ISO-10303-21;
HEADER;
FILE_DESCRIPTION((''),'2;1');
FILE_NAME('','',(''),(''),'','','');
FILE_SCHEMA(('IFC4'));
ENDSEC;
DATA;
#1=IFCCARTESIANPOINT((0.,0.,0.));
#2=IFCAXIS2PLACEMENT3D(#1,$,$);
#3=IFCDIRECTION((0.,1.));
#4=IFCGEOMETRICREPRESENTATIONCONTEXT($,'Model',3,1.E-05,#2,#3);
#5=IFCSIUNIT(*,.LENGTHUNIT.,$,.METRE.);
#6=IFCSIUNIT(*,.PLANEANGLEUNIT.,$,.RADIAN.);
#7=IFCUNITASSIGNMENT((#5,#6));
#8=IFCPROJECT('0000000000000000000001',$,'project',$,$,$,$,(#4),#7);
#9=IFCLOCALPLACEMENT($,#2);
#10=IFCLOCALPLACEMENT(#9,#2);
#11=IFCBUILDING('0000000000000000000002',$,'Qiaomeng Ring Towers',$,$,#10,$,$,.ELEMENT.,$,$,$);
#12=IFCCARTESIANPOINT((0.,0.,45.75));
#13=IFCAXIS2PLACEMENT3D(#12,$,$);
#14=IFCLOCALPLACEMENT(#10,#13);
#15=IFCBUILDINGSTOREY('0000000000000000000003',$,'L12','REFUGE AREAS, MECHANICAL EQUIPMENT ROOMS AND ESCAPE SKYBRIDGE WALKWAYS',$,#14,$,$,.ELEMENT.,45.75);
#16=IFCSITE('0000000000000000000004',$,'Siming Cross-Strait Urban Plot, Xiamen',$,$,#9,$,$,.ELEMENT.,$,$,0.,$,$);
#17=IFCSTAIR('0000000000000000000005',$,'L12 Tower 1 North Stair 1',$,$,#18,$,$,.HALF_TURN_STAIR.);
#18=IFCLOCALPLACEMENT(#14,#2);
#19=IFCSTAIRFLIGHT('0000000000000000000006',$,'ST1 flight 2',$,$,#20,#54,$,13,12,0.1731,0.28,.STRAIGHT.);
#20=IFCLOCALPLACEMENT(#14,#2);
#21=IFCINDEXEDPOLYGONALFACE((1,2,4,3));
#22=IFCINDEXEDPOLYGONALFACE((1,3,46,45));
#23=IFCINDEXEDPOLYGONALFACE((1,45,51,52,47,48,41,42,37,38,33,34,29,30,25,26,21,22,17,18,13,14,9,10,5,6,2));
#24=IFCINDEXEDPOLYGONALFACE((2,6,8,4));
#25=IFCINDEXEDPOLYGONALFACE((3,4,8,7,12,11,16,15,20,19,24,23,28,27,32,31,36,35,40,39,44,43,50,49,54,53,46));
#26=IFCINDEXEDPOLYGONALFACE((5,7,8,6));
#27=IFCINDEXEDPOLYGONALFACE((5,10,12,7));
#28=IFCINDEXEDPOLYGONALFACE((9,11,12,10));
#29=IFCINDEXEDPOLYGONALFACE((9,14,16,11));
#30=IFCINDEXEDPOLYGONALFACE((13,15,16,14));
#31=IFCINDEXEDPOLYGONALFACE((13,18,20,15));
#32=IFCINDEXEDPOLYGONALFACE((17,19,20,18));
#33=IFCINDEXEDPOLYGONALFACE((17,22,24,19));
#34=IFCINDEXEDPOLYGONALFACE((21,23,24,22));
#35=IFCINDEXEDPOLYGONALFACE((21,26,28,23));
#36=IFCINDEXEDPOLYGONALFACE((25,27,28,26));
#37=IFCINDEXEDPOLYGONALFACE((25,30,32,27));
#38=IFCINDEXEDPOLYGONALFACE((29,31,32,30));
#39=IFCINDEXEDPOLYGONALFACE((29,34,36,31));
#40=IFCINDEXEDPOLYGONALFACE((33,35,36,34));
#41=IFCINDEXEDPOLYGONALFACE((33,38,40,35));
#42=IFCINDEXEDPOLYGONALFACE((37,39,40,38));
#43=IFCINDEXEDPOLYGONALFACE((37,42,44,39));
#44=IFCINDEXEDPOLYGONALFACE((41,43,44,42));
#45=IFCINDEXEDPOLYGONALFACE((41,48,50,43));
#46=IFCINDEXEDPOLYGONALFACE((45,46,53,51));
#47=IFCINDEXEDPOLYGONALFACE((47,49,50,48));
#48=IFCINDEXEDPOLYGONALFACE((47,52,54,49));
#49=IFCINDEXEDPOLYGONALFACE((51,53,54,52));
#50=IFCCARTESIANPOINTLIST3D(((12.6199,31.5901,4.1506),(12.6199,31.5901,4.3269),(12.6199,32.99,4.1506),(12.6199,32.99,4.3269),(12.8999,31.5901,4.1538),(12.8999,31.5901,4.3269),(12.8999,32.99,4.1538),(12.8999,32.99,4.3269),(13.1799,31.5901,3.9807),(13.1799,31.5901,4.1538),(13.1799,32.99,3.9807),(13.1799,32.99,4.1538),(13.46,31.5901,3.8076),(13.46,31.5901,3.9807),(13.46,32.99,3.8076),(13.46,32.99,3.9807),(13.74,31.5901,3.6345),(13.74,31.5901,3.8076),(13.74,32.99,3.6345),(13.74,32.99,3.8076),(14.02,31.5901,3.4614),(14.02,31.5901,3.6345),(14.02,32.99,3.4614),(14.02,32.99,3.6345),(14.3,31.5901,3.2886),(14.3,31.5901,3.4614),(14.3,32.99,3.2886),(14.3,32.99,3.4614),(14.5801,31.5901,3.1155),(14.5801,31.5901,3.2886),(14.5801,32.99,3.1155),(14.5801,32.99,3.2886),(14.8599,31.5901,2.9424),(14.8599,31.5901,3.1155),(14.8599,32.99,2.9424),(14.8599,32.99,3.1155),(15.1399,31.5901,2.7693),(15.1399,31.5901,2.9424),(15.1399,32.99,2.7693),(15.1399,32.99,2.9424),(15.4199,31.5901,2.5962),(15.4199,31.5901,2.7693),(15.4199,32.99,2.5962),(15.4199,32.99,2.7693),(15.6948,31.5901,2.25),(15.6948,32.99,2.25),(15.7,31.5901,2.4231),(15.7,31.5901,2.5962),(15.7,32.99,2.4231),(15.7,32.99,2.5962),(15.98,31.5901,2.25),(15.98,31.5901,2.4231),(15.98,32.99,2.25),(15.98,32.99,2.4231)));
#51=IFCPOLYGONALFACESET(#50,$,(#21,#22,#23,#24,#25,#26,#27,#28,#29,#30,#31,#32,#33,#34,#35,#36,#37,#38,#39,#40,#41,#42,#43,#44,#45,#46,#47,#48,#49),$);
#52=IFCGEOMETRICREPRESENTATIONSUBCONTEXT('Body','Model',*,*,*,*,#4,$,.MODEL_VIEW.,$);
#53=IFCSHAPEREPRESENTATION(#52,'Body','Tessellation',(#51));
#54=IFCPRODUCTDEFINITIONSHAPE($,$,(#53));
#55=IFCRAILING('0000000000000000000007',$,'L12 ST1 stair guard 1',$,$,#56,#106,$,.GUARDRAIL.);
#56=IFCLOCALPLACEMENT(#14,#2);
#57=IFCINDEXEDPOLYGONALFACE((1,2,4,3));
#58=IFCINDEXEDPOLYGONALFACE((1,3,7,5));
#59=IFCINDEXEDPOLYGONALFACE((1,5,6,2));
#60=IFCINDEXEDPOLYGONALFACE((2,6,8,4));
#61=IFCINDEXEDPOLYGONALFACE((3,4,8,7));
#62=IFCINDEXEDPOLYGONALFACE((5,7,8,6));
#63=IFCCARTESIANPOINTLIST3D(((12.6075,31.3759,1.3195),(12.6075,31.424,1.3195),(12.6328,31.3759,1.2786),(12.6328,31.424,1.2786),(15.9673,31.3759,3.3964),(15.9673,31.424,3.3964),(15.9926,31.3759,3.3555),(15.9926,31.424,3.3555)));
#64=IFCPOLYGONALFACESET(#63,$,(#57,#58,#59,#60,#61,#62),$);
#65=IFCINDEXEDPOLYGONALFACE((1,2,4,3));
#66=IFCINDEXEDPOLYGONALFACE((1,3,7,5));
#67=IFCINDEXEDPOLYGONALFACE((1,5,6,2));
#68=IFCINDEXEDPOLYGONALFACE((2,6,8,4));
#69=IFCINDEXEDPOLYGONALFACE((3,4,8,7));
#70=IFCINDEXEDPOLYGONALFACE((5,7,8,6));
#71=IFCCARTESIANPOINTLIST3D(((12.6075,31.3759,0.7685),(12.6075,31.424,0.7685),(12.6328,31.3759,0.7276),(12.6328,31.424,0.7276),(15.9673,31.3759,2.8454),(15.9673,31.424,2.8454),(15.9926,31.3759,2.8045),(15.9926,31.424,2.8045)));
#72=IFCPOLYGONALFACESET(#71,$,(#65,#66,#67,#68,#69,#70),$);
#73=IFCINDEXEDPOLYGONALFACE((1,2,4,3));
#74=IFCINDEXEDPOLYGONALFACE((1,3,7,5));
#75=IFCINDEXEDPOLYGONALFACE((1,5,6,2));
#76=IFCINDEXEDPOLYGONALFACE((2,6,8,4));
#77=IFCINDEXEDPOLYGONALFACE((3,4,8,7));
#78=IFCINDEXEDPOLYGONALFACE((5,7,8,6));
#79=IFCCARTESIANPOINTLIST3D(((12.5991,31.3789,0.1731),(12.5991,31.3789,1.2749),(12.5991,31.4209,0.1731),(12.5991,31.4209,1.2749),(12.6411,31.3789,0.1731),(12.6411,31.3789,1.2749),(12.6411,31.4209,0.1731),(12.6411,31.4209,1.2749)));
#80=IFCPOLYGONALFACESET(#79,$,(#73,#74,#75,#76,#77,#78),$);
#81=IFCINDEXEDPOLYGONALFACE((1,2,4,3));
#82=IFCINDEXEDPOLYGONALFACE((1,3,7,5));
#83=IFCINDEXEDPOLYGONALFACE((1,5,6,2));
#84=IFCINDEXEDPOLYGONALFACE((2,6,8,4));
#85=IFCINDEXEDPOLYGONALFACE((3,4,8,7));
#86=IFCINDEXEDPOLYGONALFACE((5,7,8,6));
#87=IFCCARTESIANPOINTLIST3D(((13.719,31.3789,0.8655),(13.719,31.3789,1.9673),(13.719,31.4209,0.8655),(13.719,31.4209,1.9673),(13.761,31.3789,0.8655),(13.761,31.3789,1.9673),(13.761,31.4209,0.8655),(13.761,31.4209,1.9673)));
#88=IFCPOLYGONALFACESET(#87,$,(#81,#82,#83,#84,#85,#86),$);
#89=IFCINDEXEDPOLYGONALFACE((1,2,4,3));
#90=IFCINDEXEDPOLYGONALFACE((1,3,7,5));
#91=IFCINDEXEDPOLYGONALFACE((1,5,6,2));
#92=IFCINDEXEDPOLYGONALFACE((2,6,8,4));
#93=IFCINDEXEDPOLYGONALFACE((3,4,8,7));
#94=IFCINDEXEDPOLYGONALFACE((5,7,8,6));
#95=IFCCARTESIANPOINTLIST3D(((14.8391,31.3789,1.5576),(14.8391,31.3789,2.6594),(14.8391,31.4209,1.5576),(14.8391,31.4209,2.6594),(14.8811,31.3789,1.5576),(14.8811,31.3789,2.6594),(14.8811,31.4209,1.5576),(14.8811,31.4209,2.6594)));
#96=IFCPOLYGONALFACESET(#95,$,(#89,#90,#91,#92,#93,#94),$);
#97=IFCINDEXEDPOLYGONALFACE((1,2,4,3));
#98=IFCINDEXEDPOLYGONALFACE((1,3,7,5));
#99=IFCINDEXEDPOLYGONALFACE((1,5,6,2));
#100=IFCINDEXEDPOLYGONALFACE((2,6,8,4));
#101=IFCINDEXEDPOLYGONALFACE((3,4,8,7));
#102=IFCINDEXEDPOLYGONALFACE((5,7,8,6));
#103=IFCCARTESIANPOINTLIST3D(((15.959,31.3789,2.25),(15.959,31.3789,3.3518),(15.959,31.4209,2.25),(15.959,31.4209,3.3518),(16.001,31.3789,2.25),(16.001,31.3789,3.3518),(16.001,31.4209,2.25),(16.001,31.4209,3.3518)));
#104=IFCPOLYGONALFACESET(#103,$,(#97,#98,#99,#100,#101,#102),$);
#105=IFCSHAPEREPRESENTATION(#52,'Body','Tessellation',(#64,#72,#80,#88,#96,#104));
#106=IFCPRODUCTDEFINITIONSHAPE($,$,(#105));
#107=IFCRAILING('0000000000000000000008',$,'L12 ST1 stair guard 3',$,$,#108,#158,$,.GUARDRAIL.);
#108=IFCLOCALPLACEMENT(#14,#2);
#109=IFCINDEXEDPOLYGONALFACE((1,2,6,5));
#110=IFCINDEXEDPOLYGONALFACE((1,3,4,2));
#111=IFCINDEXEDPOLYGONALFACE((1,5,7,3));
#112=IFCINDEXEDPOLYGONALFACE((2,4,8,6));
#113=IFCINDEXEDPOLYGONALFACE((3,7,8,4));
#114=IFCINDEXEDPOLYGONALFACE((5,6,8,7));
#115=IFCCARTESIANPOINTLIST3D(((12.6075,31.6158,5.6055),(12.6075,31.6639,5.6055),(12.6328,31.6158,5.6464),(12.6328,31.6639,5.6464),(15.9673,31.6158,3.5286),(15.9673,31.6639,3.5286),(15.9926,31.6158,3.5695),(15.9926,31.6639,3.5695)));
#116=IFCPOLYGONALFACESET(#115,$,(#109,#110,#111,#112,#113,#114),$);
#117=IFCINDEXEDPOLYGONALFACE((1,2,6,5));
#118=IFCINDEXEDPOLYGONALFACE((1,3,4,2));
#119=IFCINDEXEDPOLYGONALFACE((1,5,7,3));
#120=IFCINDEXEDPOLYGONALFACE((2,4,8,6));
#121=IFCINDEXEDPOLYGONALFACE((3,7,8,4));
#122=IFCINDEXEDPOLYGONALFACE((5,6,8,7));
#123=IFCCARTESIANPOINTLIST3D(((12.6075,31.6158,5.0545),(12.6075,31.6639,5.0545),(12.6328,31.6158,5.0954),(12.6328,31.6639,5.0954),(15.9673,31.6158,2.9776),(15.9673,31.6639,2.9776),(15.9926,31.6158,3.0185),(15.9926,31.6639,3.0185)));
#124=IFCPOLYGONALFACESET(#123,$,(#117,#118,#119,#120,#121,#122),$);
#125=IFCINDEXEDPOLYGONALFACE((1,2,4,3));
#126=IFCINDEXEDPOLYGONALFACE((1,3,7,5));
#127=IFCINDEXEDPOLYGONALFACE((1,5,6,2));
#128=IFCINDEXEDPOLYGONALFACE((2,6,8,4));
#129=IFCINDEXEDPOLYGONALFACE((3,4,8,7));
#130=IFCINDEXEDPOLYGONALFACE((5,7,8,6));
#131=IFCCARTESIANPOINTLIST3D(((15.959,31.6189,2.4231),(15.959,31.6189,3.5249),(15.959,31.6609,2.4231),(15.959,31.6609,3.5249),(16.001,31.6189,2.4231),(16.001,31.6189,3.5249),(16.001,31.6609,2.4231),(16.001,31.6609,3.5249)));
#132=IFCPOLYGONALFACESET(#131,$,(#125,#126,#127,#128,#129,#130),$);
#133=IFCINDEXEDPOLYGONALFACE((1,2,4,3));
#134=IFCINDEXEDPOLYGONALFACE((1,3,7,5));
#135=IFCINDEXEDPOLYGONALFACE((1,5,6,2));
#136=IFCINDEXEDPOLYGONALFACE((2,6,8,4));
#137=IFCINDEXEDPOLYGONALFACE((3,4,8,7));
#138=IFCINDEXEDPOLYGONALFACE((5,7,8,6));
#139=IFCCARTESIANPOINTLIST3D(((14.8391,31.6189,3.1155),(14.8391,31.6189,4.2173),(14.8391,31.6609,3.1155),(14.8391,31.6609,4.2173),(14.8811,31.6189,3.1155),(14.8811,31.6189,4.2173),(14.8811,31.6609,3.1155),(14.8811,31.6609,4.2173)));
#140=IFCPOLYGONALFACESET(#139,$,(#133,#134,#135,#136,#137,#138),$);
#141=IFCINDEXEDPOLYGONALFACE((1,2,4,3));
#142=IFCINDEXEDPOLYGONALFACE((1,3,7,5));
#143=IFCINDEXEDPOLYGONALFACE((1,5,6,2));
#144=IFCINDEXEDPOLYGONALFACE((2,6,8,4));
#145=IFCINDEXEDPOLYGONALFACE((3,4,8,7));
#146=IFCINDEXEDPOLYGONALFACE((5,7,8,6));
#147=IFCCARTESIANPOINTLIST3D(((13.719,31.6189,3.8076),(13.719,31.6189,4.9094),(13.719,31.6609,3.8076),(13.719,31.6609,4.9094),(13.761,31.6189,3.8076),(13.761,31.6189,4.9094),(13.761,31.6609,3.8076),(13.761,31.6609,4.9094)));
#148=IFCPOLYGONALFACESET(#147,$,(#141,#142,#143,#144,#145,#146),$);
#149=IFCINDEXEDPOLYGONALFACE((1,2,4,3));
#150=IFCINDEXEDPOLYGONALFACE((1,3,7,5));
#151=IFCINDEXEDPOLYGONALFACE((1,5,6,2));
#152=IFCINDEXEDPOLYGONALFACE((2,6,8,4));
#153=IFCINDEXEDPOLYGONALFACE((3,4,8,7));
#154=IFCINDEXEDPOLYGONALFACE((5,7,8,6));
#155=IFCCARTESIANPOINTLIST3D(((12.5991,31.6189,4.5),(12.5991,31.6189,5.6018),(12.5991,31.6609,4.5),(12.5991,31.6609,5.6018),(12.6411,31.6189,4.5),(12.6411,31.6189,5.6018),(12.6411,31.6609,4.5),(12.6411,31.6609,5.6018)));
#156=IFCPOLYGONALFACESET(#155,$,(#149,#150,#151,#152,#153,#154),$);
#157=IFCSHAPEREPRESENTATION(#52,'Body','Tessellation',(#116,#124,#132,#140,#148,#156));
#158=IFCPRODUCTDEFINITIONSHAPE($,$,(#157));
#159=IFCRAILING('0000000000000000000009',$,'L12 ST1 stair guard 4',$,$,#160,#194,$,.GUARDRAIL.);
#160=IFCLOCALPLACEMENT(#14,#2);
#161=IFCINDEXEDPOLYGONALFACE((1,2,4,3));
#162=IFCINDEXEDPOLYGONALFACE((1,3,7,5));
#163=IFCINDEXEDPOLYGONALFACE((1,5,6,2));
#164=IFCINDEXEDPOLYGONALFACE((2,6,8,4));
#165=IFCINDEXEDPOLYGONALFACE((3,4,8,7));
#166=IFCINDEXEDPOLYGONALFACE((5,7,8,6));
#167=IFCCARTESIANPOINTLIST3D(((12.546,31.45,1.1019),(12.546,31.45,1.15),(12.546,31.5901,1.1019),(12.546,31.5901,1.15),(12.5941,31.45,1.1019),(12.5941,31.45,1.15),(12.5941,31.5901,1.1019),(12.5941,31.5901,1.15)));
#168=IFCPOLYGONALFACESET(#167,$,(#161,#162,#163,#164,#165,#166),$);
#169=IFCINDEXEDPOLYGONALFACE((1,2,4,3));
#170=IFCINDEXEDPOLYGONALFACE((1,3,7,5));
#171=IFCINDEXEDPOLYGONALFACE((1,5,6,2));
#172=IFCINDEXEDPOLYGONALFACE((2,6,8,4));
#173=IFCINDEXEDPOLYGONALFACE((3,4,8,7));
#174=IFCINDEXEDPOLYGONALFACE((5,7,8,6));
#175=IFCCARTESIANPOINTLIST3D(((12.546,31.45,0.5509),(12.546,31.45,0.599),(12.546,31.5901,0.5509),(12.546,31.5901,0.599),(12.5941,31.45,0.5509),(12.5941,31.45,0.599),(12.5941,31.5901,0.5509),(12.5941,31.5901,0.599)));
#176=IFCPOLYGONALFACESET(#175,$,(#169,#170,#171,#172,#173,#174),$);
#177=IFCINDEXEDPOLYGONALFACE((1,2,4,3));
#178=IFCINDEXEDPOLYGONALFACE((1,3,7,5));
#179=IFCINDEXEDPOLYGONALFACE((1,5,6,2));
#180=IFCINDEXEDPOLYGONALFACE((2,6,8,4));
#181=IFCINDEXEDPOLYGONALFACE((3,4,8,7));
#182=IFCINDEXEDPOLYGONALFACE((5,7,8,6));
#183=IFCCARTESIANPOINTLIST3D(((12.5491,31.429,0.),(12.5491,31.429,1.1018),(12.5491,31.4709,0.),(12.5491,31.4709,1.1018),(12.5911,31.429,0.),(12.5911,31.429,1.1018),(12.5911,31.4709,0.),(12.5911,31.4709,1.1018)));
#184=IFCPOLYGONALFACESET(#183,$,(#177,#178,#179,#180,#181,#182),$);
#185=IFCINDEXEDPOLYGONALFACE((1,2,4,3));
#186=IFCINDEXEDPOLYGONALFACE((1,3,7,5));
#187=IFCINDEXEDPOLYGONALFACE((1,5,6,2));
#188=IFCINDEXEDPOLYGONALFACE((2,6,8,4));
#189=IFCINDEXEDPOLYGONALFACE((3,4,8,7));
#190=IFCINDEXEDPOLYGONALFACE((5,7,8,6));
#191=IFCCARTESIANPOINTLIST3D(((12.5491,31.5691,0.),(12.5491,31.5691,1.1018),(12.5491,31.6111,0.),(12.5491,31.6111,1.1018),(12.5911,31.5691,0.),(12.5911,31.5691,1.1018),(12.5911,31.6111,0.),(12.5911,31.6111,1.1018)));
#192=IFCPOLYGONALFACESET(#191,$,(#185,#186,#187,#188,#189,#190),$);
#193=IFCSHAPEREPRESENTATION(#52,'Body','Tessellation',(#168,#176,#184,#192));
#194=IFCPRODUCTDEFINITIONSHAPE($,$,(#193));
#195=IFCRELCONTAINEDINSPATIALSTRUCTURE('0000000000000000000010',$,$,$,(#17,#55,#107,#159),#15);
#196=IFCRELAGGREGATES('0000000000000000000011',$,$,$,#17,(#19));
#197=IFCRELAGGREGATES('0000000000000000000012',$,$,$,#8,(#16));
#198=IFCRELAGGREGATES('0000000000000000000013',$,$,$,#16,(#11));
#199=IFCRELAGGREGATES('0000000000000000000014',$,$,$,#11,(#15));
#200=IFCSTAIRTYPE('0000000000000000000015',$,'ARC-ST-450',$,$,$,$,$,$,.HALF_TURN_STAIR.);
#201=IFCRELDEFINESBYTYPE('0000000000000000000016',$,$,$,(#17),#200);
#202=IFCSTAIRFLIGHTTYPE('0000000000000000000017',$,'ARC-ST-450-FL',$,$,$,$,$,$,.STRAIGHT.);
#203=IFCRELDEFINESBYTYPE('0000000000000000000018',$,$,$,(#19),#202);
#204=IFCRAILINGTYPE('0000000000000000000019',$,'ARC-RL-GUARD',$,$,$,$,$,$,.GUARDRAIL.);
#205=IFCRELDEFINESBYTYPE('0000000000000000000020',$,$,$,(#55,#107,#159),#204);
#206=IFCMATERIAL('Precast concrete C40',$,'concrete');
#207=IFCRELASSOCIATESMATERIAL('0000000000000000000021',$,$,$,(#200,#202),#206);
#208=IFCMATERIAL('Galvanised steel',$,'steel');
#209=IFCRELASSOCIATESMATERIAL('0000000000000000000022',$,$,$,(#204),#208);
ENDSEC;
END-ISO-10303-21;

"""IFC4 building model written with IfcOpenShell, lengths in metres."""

from ifc_helpers import new_model, si_unit, direction, frame, origin, origin_2d, place, context, subcontext, project, spatial, polyline, rectangle, outline, extrude, source, transform, mapped, material, type_object, element, aggregate, save


model = new_model("IFC4")

# Units and contexts
model_context = context("Model", 3, precision=1e-05, world=origin(), true_north=direction((0.0, 1.0)))
body_context = subcontext(model_context, "Body", "Model", "MODEL_VIEW")
ifc_project = project(units=[si_unit("LENGTHUNIT", "METRE"), si_unit("PLANEANGLEUNIT", "RADIAN")], contexts=[model_context])

# Site, building, storey
site_placement = place(None, origin())
site = spatial("IfcSite", under=ifc_project, at=site_placement, Name="Siming Cross-Strait Urban Plot, Xiamen", CompositionType="ELEMENT", RefElevation=0.0)
building_placement = place(site_placement, origin())
building = spatial("IfcBuilding", under=site, at=building_placement, Name="Qiaomeng Ring Towers", CompositionType="ELEMENT")
storey_placement = place(building_placement, frame((0.0, 0.0, 45.75)))
storey = spatial("IfcBuildingStorey", under=building, at=storey_placement, Name="L12", Description="REFUGE AREAS, MECHANICAL EQUIPMENT ROOMS AND ESCAPE SKYBRIDGE WALKWAYS", CompositionType="ELEMENT", Elevation=45.75)

# Shared definitions
ifc_material_1 = material(Name="Galvanised steel", Category="steel")

# Stair, stair flight
ifc_material_2 = material(Name="Precast concrete C40", Category="concrete")
stair_type = type_object("IfcStairType", Name="ARC-ST-450", PredefinedType="HALF_TURN_STAIR", material=ifc_material_2)
stair_placement = place(storey_placement, origin())
stair = element("IfcStair", 1, at=stair_placement, inside=storey, type_object=stair_type, Name="L12 Tower 1 North Stair 1", PredefinedType="HALF_TURN_STAIR")
stair_flight_type = type_object("IfcStairFlightType", Name="ARC-ST-450-FL", PredefinedType="STRAIGHT", material=ifc_material_2)
shared_shape_1 = source(origin(), body_context, "Body", "SweptSolid", [
    extrude(outline(polyline([(0.0, 0.0), (0.0, 0.1731), (0.28, 0.1731), (0.28, 0.3462), (0.5601, 0.3462), (0.5601, 0.5193), (0.8401, 0.5193), (0.8401, 0.6924), (1.1201, 0.6924), (1.1201, 0.8655), (1.3999, 0.8655), (1.3999, 1.0386), (1.6799, 1.0386), (1.6799, 1.2114), (1.96, 1.2114), (1.96, 1.3845), (2.24, 1.3845), (2.24, 1.5576), (2.52, 1.5576), (2.52, 1.7307), (2.8, 1.7307), (2.8, 1.9038), (3.0801, 1.9038), (3.0801, 2.0769), (3.3601, 2.0769), (3.3601, 2.25), (3.3601, 1.9006), (0.2852, 0.0), (0.0, 0.0)])), frame((0.0, 0.7, 0.0), z_axis=(0.0, -1.0, 0.0), x_axis=(1.0, 0.0, 0.0)), (0.0, 0.0, 1.0), 1.3999),
])
stair_flight_placement = place(storey_placement, frame((15.98, 32.29, 2.25), z_axis=(0.0, 0.0, 1.0), x_axis=(-1.0, 0.0, 0.0)))
stair_flight = element("IfcStairFlight", 2, at=stair_flight_placement, type_object=stair_flight_type, Name="ST1 flight 2", NumberOfRisers=13, NumberOfTreads=12, PredefinedType="STRAIGHT", RiserHeight=0.1731, TreadLength=0.28, context=body_context, shape_type="MappedRepresentation", body=[
    mapped(shared_shape_1, transform((0.0, 0.0, 0.0), x_axis=(1.0, 0.0, 0.0), y_axis=(0.0, 1.0, 0.0), z_axis=(0.0, 0.0, 1.0), scale=1.0)),
])
aggregate(stair, [stair_flight])

# Railings
railing_type = type_object("IfcRailingType", Name="ARC-RL-GUARD", PredefinedType="GUARDRAIL", material=ifc_material_1)
railing_1_placement = place(storey_placement, frame((12.6201, 31.3999, 0.1731)))
element("IfcRailing", 3, at=railing_1_placement, inside=storey, type_object=railing_type, Name="L12 ST1 stair guard 1", PredefinedType="GUARDRAIL", context=body_context, shape_type="SweptSolid", body=[
    extrude(rectangle(XDim=0.0481, YDim=0.0481, at=origin_2d()), frame((0.0, 0.0, 1.126), z_axis=(0.850606, 0.0, 0.525803), x_axis=(0.0, 1.0, 0.0)), (0.0, 0.0, 1.0), 3.95),
    extrude(rectangle(XDim=0.0481, YDim=0.0481, at=origin_2d()), frame((0.0, 0.0, 0.575), z_axis=(0.850606, 0.0, 0.525803), x_axis=(0.0, 1.0, 0.0)), (0.0, 0.0, 1.0), 3.95),
    extrude(rectangle(XDim=0.042, YDim=0.042, at=origin_2d()), origin(), (0.0, 0.0, 1.0), 1.1018),
    extrude(rectangle(XDim=0.042, YDim=0.042, at=origin_2d()), frame((1.1199, 0.0, 0.6924)), (0.0, 0.0, 1.0), 1.1018),
    extrude(rectangle(XDim=0.042, YDim=0.042, at=origin_2d()), frame((2.24, 0.0, 1.3845)), (0.0, 0.0, 1.0), 1.1018),
    extrude(rectangle(XDim=0.042, YDim=0.042, at=origin_2d()), frame((3.3599, 0.0, 2.0769)), (0.0, 0.0, 1.0), 1.1018),
])
railing_2_placement = place(storey_placement, frame((15.98, 31.6399, 2.4231)))
element("IfcRailing", 4, at=railing_2_placement, inside=storey, type_object=railing_type, Name="L12 ST1 stair guard 3", PredefinedType="GUARDRAIL", context=body_context, shape_type="SweptSolid", body=[
    extrude(rectangle(XDim=0.0481, YDim=0.0481, at=origin_2d()), frame((0.0, 0.0, 1.126), z_axis=(-0.850606, 0.0, 0.525803), x_axis=(0.0, -1.0, 0.0)), (0.0, 0.0, 1.0), 3.95),
    extrude(rectangle(XDim=0.0481, YDim=0.0481, at=origin_2d()), frame((0.0, 0.0, 0.575), z_axis=(-0.850606, 0.0, 0.525803), x_axis=(0.0, -1.0, 0.0)), (0.0, 0.0, 1.0), 3.95),
    extrude(rectangle(XDim=0.042, YDim=0.042, at=origin_2d()), origin(), (0.0, 0.0, 1.0), 1.1018),
    extrude(rectangle(XDim=0.042, YDim=0.042, at=origin_2d()), frame((-1.1199, 0.0, 0.6924)), (0.0, 0.0, 1.0), 1.1018),
    extrude(rectangle(XDim=0.042, YDim=0.042, at=origin_2d()), frame((-2.24, 0.0, 1.3845)), (0.0, 0.0, 1.0), 1.1018),
    extrude(rectangle(XDim=0.042, YDim=0.042, at=origin_2d()), frame((-3.3599, 0.0, 2.0769)), (0.0, 0.0, 1.0), 1.1018),
])
railing_3_placement = place(storey_placement, frame((12.5701, 31.45, 0.0)))
element("IfcRailing", 5, at=railing_3_placement, inside=storey, type_object=railing_type, Name="L12 ST1 stair guard 4", PredefinedType="GUARDRAIL", context=body_context, shape_type="SweptSolid", body=[
    extrude(rectangle(XDim=0.0481, YDim=0.0481, at=origin_2d()), frame((0.0, 0.0, 1.126), z_axis=(0.0, 1.0, 0.0), x_axis=(-1.0, 0.0, 0.0)), (0.0, 0.0, 1.0), 0.1401),
    extrude(rectangle(XDim=0.0481, YDim=0.0481, at=origin_2d()), frame((0.0, 0.0, 0.575), z_axis=(0.0, 1.0, 0.0), x_axis=(-1.0, 0.0, 0.0)), (0.0, 0.0, 1.0), 0.1401),
    extrude(rectangle(XDim=0.042, YDim=0.042, at=origin_2d()), origin(), (0.0, 0.0, 1.0), 1.1018),
    extrude(rectangle(XDim=0.042, YDim=0.042, at=origin_2d()), frame((0.0, 0.1401, 0.0)), (0.0, 0.0, 1.0), 1.1018),
])

save(model, "model.ifc")
